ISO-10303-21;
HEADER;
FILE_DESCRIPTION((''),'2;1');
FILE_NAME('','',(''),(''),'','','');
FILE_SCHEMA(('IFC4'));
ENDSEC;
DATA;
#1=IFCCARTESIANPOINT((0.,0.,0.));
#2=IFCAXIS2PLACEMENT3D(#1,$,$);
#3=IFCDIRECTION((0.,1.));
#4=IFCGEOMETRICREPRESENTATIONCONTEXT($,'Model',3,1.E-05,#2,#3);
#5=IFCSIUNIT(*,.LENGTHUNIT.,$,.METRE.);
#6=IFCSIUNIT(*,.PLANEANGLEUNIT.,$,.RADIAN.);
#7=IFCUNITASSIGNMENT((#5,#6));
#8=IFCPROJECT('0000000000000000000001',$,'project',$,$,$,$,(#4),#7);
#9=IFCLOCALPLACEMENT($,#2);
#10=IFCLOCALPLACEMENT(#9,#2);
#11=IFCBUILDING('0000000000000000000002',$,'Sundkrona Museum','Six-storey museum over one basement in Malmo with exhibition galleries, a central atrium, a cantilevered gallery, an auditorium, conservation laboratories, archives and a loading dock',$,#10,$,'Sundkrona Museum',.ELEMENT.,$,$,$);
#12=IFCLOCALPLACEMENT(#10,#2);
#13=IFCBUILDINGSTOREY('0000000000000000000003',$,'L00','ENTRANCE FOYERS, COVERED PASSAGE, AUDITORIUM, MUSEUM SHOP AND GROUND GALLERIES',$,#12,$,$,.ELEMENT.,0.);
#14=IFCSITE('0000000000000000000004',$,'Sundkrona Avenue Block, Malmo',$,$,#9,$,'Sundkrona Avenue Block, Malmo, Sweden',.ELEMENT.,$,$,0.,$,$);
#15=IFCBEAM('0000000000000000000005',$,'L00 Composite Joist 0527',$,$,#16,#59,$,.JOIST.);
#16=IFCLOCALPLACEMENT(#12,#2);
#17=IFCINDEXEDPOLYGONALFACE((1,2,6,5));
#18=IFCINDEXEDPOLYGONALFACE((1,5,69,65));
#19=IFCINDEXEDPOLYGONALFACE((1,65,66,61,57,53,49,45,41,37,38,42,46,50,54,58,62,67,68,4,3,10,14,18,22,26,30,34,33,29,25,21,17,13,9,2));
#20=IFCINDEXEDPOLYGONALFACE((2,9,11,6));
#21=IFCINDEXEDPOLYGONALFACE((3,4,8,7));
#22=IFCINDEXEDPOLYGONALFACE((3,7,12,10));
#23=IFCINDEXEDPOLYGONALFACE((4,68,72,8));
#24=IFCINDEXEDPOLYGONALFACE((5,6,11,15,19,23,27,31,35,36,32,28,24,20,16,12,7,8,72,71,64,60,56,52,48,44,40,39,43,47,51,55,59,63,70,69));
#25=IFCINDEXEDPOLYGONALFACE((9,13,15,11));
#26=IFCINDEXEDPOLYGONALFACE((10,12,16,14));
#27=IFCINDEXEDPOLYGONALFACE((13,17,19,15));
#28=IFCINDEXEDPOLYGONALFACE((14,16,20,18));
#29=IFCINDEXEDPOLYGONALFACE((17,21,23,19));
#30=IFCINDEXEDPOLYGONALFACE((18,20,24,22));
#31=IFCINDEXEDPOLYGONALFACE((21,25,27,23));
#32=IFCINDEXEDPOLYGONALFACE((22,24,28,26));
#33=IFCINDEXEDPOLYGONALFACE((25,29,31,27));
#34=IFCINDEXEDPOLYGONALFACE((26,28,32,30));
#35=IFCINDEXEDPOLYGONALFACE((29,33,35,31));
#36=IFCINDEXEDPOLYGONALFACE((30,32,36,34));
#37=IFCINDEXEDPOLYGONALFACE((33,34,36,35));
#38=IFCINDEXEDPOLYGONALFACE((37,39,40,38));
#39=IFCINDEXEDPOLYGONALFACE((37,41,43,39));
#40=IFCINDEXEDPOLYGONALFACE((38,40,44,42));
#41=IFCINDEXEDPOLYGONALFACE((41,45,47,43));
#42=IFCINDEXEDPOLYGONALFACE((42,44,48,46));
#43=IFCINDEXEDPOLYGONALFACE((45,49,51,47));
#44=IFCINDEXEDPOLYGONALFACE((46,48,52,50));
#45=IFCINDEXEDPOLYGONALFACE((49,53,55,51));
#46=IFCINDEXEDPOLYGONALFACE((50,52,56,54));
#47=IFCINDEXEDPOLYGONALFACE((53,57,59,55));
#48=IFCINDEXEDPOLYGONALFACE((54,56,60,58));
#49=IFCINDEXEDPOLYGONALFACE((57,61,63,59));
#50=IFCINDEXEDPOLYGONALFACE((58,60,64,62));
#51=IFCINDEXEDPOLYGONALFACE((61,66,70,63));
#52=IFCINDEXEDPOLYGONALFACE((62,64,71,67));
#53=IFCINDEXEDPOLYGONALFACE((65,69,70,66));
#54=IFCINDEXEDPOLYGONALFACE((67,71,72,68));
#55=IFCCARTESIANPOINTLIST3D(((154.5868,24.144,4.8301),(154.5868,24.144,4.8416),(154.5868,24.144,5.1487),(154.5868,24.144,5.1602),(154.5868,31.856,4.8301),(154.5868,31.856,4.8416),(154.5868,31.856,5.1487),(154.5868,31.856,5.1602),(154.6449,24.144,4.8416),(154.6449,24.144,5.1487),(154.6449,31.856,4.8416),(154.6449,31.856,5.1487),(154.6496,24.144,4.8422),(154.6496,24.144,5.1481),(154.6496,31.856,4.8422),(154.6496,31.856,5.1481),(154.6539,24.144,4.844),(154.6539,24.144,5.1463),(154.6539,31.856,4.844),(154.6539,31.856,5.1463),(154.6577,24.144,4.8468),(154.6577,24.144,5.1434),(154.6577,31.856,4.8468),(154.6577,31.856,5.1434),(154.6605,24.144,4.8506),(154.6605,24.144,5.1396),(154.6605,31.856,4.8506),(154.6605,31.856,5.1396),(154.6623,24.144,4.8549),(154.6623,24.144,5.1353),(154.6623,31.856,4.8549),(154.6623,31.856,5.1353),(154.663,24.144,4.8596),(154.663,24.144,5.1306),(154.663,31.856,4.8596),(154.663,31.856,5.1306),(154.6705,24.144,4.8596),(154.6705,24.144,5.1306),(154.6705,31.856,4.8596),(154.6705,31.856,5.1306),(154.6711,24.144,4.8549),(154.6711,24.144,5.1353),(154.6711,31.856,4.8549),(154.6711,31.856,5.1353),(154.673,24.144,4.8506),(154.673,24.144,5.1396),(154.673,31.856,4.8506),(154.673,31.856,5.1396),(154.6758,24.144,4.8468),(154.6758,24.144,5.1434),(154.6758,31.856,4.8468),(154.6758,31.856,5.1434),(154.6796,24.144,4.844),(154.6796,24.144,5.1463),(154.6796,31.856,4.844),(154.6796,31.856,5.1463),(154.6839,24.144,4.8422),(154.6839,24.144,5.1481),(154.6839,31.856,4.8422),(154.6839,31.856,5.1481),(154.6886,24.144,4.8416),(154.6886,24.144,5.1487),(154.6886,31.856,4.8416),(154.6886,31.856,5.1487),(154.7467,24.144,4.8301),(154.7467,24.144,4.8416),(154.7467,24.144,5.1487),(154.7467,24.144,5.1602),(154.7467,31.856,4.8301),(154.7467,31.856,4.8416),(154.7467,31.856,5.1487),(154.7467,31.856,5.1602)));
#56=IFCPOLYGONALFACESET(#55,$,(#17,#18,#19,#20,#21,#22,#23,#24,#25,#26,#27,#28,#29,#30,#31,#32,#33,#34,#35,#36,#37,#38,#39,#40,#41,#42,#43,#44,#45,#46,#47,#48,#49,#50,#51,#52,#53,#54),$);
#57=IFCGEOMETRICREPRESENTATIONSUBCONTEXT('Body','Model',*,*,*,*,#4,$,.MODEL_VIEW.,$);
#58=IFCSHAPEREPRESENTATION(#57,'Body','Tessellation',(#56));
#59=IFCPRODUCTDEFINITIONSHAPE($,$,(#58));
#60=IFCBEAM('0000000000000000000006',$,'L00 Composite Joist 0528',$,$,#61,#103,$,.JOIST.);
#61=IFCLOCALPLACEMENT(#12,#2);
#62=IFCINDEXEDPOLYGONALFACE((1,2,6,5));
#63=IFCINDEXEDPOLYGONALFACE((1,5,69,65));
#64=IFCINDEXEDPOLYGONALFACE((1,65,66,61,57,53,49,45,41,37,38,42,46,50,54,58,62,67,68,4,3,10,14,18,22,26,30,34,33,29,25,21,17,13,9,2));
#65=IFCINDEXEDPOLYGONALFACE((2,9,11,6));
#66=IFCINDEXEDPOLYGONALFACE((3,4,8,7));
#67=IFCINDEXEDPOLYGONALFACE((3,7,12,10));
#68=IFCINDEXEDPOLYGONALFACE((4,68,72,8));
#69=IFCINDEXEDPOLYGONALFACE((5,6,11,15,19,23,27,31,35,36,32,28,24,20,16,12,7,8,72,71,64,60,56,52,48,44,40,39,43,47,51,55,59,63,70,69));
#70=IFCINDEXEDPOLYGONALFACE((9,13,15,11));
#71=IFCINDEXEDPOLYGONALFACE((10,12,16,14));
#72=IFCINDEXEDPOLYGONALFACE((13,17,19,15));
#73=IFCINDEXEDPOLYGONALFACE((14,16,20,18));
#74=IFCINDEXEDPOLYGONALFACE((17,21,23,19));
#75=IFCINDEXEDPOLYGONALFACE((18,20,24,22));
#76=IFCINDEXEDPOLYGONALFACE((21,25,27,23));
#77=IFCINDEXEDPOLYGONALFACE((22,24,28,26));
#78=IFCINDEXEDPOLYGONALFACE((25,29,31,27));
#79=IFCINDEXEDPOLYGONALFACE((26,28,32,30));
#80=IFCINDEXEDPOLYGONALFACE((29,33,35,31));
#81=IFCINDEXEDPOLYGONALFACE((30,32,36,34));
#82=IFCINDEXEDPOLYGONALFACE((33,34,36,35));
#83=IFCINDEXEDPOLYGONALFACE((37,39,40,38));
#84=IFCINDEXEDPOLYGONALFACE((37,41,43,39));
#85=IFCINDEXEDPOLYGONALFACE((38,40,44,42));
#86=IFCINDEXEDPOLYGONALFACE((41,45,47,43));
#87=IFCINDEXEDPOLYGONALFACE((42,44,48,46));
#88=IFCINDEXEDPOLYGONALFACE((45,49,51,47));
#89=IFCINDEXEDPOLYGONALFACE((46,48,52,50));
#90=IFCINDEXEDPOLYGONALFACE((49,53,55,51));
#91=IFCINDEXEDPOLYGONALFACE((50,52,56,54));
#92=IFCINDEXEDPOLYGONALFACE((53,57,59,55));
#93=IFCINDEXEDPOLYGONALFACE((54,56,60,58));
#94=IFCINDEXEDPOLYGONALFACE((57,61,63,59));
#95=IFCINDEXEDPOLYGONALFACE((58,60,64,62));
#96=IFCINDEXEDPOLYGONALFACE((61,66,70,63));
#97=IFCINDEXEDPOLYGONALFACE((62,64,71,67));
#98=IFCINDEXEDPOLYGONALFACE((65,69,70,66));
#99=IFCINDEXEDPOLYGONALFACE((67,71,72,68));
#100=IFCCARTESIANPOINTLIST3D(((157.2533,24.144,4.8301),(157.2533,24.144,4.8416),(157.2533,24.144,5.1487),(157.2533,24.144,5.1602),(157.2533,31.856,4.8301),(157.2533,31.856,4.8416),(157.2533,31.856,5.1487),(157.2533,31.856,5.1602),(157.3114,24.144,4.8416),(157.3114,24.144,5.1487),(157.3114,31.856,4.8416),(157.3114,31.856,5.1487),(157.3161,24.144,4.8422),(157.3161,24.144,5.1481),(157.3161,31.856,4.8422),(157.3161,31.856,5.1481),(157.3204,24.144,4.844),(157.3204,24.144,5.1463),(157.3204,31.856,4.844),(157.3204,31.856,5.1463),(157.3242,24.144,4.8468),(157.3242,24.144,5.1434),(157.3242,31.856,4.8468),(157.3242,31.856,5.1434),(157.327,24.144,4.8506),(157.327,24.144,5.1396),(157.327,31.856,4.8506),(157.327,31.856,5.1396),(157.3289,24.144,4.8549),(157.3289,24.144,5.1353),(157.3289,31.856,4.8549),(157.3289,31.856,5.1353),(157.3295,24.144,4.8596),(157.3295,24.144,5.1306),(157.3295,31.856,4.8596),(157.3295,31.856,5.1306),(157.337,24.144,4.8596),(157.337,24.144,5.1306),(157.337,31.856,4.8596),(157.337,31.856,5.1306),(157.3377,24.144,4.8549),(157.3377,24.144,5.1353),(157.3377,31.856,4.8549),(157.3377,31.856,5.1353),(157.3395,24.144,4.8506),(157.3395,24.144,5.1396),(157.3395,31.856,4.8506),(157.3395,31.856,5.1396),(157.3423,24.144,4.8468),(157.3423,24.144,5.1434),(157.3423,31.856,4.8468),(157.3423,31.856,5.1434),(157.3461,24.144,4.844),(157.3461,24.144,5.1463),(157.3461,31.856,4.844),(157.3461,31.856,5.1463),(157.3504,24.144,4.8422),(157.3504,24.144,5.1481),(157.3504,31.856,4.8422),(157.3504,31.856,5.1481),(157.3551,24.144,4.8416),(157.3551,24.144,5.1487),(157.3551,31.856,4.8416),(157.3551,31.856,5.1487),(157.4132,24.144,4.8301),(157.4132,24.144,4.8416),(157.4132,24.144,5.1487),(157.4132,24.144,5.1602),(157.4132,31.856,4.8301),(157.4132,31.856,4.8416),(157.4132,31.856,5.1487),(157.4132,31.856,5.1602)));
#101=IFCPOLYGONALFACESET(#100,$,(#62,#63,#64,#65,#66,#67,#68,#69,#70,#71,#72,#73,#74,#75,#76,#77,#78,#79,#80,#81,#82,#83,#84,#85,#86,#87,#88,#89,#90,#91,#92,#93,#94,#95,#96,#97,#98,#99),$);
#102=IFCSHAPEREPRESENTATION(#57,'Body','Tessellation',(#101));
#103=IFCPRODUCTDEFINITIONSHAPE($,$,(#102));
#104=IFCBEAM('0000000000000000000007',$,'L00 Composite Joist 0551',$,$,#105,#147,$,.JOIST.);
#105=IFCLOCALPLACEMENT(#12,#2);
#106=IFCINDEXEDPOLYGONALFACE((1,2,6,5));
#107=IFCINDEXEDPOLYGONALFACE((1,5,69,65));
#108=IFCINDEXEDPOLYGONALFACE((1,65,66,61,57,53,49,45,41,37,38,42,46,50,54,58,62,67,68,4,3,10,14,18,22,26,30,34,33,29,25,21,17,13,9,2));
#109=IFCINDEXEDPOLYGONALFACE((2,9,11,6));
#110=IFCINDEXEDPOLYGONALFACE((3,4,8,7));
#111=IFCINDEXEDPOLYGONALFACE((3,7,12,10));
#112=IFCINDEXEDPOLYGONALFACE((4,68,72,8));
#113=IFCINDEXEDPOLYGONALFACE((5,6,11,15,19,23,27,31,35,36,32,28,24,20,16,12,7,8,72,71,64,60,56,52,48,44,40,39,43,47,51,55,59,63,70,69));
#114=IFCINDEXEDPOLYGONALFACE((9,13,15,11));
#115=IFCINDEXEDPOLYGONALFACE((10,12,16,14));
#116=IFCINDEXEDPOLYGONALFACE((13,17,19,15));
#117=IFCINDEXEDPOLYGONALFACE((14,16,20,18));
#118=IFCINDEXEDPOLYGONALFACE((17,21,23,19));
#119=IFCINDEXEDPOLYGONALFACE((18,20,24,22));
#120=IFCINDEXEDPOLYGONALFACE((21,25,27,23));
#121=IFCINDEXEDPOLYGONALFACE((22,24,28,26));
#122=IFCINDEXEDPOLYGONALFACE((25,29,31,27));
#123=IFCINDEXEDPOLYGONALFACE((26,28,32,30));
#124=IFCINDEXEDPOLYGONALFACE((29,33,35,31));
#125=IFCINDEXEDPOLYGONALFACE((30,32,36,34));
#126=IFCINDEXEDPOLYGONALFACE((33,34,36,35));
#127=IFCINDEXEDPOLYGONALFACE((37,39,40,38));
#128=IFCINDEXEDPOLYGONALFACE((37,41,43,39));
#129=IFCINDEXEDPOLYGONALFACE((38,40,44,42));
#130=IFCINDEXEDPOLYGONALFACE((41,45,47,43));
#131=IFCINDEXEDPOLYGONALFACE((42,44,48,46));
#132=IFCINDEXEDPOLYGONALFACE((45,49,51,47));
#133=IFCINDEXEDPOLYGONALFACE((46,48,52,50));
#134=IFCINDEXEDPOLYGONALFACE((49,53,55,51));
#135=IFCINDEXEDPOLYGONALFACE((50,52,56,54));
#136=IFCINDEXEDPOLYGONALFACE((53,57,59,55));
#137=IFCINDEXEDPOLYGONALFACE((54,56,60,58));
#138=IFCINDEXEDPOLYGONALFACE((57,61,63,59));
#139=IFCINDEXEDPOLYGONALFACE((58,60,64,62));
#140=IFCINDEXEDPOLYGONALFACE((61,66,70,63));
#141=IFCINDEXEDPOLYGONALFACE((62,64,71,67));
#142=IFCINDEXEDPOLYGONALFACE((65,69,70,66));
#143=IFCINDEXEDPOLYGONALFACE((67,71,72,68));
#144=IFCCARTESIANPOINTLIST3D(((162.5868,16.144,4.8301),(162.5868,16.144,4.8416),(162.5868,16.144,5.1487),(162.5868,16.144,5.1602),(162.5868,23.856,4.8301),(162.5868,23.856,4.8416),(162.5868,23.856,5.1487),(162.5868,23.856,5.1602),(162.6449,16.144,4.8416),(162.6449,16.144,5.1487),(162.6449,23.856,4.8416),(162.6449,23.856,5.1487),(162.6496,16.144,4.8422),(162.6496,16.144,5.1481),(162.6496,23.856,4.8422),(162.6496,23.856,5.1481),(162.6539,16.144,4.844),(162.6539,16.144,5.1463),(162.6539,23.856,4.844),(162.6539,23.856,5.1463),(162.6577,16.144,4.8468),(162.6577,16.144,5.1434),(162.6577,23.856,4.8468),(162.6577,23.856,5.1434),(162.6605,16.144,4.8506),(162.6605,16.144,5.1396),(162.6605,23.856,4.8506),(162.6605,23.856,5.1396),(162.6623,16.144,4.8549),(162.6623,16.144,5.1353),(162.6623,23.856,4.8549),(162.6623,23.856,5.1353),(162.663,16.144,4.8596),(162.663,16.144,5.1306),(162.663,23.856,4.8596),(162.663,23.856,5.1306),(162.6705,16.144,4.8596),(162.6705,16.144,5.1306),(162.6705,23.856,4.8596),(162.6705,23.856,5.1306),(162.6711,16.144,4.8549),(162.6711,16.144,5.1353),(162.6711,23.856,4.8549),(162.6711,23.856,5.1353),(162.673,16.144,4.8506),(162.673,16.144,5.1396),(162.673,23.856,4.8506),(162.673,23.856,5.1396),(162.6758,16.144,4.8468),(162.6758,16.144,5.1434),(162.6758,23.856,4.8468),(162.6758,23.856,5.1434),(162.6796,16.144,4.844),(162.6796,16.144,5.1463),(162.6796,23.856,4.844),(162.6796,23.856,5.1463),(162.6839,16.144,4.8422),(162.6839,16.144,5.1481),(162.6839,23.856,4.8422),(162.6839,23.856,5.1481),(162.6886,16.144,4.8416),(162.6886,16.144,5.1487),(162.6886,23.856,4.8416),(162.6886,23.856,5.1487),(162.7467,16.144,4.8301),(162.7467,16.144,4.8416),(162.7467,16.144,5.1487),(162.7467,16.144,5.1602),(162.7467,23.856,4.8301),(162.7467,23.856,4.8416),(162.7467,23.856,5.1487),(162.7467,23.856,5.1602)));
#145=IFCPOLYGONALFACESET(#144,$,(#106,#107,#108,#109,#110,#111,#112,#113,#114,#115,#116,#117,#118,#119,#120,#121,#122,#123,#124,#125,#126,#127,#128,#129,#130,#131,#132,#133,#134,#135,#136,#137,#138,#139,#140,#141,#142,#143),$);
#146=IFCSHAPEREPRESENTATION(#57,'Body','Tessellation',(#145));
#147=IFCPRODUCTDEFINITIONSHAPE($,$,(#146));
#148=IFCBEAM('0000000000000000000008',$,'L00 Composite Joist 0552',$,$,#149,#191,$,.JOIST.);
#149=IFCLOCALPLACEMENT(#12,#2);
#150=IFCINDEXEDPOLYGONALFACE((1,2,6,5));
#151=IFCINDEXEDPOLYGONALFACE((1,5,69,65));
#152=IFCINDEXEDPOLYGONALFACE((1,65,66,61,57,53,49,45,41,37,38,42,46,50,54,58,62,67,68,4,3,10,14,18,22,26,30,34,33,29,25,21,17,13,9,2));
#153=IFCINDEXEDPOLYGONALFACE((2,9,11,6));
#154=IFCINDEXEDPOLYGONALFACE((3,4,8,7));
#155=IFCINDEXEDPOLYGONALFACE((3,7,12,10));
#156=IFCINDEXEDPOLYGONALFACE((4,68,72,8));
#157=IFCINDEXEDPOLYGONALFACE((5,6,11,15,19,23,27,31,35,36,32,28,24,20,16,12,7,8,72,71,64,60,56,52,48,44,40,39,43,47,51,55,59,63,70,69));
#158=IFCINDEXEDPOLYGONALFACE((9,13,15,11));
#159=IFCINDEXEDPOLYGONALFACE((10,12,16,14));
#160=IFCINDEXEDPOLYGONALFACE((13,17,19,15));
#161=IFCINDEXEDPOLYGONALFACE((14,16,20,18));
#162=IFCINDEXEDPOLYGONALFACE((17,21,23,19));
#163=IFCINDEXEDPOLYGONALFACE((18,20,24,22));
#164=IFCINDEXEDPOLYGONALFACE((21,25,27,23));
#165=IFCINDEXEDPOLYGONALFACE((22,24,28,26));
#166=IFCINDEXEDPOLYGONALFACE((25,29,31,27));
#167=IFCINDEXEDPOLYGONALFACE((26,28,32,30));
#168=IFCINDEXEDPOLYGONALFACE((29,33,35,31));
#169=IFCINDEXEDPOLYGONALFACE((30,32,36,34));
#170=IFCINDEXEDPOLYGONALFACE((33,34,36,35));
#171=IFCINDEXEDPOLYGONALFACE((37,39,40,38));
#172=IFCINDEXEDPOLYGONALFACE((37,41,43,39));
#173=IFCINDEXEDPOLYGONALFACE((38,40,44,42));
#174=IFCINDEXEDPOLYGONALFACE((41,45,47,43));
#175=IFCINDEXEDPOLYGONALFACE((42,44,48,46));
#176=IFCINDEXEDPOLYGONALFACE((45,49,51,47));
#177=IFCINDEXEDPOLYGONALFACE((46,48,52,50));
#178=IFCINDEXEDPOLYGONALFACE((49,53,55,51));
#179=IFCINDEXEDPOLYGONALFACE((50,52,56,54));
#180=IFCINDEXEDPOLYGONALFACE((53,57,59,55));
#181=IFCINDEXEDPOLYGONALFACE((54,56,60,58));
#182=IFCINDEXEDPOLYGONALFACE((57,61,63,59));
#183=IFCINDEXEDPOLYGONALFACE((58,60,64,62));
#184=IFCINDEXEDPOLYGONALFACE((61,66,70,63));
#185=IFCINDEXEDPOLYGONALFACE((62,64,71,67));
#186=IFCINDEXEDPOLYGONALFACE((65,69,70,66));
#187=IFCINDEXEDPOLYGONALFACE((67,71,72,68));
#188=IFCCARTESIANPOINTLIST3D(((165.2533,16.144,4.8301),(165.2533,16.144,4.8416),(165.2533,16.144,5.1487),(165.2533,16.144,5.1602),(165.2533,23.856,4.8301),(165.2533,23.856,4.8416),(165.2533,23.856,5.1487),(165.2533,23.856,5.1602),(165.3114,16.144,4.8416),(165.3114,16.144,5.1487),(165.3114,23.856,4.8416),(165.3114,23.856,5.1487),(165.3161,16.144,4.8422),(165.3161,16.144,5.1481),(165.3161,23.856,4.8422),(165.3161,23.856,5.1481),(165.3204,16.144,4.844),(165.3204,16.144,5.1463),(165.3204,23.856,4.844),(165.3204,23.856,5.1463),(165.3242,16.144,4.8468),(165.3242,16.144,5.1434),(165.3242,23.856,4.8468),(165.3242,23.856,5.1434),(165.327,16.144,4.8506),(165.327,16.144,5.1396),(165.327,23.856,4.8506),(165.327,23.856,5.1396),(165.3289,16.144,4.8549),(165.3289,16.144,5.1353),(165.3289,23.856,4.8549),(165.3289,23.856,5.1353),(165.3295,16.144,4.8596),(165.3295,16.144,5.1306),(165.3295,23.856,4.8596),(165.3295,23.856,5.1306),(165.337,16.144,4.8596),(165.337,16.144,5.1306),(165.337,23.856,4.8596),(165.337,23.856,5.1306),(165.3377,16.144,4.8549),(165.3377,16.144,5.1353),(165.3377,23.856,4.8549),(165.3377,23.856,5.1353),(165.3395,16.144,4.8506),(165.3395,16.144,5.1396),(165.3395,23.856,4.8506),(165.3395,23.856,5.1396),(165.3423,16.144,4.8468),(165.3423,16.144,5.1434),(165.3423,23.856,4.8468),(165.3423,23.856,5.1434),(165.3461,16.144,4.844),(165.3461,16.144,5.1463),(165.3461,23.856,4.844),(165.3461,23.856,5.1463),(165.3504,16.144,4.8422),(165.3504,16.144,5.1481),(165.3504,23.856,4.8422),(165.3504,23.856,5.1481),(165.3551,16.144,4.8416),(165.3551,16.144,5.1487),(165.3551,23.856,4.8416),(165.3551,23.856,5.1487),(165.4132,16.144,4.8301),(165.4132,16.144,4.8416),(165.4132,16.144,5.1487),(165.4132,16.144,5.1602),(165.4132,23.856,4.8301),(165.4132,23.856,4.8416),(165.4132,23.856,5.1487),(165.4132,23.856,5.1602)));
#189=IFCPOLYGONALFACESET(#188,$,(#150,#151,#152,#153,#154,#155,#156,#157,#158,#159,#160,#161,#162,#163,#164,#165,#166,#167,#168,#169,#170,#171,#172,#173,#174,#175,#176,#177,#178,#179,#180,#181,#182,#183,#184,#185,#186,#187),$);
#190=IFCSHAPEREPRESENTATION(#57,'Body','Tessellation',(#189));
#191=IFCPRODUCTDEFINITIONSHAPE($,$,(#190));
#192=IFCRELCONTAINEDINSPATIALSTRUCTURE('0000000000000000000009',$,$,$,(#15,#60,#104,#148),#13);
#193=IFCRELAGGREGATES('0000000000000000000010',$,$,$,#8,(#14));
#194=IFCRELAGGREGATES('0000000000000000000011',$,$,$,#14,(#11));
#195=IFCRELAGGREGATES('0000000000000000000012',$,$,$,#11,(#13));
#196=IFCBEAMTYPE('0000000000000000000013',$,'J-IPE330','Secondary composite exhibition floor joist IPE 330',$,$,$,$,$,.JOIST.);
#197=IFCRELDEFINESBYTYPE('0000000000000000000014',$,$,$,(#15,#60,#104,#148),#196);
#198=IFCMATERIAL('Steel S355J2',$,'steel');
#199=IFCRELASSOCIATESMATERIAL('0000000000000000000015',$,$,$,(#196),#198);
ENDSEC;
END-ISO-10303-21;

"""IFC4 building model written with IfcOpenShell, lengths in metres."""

from ifc_helpers import new_model, si_unit, direction, frame, origin, origin_2d, place, context, subcontext, project, spatial, i_section, extrude, material, material_profile, profile_set, type_object, element, save


model = new_model("IFC4")

# Units and contexts
model_context = context("Model", 3, precision=1e-05, world=origin(), true_north=direction((0.0, 1.0)))
body_context = subcontext(model_context, "Body", "Model", "MODEL_VIEW")
ifc_project = project(units=[si_unit("LENGTHUNIT", "METRE"), si_unit("PLANEANGLEUNIT", "RADIAN")], contexts=[model_context])

# Site, building, storey
site_placement = place(None, origin())
site = spatial("IfcSite", under=ifc_project, at=site_placement, Name="Sundkrona Avenue Block, Malmo", LongName="Sundkrona Avenue Block, Malmo, Sweden", CompositionType="ELEMENT", RefElevation=0.0)
building_placement = place(site_placement, origin())
building = spatial("IfcBuilding", under=site, at=building_placement, Name="Sundkrona Museum", Description="Six-storey museum over one basement in Malmo with exhibition galleries, a central atrium, a cantilevered gallery, an auditorium, conservation laboratories, archives and a loading dock", LongName="Sundkrona Museum", CompositionType="ELEMENT")
storey_placement = place(building_placement, origin())
storey = spatial("IfcBuildingStorey", under=building, at=storey_placement, Name="L00", Description="ENTRANCE FOYERS, COVERED PASSAGE, AUDITORIUM, MUSEUM SHOP AND GROUND GALLERIES", CompositionType="ELEMENT", Elevation=0.0)

# Shared definitions
ifc_material_1 = material(Name="Steel S355J2", Category="steel")

# Beams
ifc_material_profile_1 = material_profile(ifc_material_1, i_section(OverallWidth=0.1599, OverallDepth=0.3301, WebThickness=0.0076, FlangeThickness=0.0115, FilletRadius=0.0181, at=origin_2d()), Name="IPE 330")
ifc_profile_set_1 = profile_set([ifc_material_profile_1], Name="Steel S355J2")
beam_type_1 = type_object("IfcBeamType", Name="J-IPE330", Description="Secondary composite exhibition floor joist IPE 330", PredefinedType="JOIST", material=ifc_profile_set_1)
for number, where, z_axis, x_axis, name in (
    (1, (154.6667, 24.144, 4.9951), (0.0, 1.0, 0.0), (-1.0, 0.0, 0.0), "L00 Composite Joist 0527"),
    (2, (157.3333, 24.144, 4.9951), (0.0, 1.0, 0.0), (-1.0, 0.0, 0.0), "L00 Composite Joist 0528"),
    (3, (162.6667, 16.144, 4.9951), (0.0, 1.0, 0.0), (-1.0, 0.0, 0.0), "L00 Composite Joist 0551"),
    (4, (165.3333, 16.144, 4.9951), (0.0, 1.0, 0.0), (-1.0, 0.0, 0.0), "L00 Composite Joist 0552"),
):
    element("IfcBeam", number, at=place(storey_placement, frame(where, z_axis=z_axis, x_axis=x_axis)), inside=storey, type_object=beam_type_1, Name=name, PredefinedType="JOIST", context=body_context, shape_type="SweptSolid", body=[
        extrude(i_section(OverallWidth=0.1599, OverallDepth=0.3301, WebThickness=0.0076, FlangeThickness=0.0115, FilletRadius=0.0181, at=origin_2d()), origin(), (0.0, 0.0, 1.0), 7.7119),
    ])

save(model, "model.ifc")
